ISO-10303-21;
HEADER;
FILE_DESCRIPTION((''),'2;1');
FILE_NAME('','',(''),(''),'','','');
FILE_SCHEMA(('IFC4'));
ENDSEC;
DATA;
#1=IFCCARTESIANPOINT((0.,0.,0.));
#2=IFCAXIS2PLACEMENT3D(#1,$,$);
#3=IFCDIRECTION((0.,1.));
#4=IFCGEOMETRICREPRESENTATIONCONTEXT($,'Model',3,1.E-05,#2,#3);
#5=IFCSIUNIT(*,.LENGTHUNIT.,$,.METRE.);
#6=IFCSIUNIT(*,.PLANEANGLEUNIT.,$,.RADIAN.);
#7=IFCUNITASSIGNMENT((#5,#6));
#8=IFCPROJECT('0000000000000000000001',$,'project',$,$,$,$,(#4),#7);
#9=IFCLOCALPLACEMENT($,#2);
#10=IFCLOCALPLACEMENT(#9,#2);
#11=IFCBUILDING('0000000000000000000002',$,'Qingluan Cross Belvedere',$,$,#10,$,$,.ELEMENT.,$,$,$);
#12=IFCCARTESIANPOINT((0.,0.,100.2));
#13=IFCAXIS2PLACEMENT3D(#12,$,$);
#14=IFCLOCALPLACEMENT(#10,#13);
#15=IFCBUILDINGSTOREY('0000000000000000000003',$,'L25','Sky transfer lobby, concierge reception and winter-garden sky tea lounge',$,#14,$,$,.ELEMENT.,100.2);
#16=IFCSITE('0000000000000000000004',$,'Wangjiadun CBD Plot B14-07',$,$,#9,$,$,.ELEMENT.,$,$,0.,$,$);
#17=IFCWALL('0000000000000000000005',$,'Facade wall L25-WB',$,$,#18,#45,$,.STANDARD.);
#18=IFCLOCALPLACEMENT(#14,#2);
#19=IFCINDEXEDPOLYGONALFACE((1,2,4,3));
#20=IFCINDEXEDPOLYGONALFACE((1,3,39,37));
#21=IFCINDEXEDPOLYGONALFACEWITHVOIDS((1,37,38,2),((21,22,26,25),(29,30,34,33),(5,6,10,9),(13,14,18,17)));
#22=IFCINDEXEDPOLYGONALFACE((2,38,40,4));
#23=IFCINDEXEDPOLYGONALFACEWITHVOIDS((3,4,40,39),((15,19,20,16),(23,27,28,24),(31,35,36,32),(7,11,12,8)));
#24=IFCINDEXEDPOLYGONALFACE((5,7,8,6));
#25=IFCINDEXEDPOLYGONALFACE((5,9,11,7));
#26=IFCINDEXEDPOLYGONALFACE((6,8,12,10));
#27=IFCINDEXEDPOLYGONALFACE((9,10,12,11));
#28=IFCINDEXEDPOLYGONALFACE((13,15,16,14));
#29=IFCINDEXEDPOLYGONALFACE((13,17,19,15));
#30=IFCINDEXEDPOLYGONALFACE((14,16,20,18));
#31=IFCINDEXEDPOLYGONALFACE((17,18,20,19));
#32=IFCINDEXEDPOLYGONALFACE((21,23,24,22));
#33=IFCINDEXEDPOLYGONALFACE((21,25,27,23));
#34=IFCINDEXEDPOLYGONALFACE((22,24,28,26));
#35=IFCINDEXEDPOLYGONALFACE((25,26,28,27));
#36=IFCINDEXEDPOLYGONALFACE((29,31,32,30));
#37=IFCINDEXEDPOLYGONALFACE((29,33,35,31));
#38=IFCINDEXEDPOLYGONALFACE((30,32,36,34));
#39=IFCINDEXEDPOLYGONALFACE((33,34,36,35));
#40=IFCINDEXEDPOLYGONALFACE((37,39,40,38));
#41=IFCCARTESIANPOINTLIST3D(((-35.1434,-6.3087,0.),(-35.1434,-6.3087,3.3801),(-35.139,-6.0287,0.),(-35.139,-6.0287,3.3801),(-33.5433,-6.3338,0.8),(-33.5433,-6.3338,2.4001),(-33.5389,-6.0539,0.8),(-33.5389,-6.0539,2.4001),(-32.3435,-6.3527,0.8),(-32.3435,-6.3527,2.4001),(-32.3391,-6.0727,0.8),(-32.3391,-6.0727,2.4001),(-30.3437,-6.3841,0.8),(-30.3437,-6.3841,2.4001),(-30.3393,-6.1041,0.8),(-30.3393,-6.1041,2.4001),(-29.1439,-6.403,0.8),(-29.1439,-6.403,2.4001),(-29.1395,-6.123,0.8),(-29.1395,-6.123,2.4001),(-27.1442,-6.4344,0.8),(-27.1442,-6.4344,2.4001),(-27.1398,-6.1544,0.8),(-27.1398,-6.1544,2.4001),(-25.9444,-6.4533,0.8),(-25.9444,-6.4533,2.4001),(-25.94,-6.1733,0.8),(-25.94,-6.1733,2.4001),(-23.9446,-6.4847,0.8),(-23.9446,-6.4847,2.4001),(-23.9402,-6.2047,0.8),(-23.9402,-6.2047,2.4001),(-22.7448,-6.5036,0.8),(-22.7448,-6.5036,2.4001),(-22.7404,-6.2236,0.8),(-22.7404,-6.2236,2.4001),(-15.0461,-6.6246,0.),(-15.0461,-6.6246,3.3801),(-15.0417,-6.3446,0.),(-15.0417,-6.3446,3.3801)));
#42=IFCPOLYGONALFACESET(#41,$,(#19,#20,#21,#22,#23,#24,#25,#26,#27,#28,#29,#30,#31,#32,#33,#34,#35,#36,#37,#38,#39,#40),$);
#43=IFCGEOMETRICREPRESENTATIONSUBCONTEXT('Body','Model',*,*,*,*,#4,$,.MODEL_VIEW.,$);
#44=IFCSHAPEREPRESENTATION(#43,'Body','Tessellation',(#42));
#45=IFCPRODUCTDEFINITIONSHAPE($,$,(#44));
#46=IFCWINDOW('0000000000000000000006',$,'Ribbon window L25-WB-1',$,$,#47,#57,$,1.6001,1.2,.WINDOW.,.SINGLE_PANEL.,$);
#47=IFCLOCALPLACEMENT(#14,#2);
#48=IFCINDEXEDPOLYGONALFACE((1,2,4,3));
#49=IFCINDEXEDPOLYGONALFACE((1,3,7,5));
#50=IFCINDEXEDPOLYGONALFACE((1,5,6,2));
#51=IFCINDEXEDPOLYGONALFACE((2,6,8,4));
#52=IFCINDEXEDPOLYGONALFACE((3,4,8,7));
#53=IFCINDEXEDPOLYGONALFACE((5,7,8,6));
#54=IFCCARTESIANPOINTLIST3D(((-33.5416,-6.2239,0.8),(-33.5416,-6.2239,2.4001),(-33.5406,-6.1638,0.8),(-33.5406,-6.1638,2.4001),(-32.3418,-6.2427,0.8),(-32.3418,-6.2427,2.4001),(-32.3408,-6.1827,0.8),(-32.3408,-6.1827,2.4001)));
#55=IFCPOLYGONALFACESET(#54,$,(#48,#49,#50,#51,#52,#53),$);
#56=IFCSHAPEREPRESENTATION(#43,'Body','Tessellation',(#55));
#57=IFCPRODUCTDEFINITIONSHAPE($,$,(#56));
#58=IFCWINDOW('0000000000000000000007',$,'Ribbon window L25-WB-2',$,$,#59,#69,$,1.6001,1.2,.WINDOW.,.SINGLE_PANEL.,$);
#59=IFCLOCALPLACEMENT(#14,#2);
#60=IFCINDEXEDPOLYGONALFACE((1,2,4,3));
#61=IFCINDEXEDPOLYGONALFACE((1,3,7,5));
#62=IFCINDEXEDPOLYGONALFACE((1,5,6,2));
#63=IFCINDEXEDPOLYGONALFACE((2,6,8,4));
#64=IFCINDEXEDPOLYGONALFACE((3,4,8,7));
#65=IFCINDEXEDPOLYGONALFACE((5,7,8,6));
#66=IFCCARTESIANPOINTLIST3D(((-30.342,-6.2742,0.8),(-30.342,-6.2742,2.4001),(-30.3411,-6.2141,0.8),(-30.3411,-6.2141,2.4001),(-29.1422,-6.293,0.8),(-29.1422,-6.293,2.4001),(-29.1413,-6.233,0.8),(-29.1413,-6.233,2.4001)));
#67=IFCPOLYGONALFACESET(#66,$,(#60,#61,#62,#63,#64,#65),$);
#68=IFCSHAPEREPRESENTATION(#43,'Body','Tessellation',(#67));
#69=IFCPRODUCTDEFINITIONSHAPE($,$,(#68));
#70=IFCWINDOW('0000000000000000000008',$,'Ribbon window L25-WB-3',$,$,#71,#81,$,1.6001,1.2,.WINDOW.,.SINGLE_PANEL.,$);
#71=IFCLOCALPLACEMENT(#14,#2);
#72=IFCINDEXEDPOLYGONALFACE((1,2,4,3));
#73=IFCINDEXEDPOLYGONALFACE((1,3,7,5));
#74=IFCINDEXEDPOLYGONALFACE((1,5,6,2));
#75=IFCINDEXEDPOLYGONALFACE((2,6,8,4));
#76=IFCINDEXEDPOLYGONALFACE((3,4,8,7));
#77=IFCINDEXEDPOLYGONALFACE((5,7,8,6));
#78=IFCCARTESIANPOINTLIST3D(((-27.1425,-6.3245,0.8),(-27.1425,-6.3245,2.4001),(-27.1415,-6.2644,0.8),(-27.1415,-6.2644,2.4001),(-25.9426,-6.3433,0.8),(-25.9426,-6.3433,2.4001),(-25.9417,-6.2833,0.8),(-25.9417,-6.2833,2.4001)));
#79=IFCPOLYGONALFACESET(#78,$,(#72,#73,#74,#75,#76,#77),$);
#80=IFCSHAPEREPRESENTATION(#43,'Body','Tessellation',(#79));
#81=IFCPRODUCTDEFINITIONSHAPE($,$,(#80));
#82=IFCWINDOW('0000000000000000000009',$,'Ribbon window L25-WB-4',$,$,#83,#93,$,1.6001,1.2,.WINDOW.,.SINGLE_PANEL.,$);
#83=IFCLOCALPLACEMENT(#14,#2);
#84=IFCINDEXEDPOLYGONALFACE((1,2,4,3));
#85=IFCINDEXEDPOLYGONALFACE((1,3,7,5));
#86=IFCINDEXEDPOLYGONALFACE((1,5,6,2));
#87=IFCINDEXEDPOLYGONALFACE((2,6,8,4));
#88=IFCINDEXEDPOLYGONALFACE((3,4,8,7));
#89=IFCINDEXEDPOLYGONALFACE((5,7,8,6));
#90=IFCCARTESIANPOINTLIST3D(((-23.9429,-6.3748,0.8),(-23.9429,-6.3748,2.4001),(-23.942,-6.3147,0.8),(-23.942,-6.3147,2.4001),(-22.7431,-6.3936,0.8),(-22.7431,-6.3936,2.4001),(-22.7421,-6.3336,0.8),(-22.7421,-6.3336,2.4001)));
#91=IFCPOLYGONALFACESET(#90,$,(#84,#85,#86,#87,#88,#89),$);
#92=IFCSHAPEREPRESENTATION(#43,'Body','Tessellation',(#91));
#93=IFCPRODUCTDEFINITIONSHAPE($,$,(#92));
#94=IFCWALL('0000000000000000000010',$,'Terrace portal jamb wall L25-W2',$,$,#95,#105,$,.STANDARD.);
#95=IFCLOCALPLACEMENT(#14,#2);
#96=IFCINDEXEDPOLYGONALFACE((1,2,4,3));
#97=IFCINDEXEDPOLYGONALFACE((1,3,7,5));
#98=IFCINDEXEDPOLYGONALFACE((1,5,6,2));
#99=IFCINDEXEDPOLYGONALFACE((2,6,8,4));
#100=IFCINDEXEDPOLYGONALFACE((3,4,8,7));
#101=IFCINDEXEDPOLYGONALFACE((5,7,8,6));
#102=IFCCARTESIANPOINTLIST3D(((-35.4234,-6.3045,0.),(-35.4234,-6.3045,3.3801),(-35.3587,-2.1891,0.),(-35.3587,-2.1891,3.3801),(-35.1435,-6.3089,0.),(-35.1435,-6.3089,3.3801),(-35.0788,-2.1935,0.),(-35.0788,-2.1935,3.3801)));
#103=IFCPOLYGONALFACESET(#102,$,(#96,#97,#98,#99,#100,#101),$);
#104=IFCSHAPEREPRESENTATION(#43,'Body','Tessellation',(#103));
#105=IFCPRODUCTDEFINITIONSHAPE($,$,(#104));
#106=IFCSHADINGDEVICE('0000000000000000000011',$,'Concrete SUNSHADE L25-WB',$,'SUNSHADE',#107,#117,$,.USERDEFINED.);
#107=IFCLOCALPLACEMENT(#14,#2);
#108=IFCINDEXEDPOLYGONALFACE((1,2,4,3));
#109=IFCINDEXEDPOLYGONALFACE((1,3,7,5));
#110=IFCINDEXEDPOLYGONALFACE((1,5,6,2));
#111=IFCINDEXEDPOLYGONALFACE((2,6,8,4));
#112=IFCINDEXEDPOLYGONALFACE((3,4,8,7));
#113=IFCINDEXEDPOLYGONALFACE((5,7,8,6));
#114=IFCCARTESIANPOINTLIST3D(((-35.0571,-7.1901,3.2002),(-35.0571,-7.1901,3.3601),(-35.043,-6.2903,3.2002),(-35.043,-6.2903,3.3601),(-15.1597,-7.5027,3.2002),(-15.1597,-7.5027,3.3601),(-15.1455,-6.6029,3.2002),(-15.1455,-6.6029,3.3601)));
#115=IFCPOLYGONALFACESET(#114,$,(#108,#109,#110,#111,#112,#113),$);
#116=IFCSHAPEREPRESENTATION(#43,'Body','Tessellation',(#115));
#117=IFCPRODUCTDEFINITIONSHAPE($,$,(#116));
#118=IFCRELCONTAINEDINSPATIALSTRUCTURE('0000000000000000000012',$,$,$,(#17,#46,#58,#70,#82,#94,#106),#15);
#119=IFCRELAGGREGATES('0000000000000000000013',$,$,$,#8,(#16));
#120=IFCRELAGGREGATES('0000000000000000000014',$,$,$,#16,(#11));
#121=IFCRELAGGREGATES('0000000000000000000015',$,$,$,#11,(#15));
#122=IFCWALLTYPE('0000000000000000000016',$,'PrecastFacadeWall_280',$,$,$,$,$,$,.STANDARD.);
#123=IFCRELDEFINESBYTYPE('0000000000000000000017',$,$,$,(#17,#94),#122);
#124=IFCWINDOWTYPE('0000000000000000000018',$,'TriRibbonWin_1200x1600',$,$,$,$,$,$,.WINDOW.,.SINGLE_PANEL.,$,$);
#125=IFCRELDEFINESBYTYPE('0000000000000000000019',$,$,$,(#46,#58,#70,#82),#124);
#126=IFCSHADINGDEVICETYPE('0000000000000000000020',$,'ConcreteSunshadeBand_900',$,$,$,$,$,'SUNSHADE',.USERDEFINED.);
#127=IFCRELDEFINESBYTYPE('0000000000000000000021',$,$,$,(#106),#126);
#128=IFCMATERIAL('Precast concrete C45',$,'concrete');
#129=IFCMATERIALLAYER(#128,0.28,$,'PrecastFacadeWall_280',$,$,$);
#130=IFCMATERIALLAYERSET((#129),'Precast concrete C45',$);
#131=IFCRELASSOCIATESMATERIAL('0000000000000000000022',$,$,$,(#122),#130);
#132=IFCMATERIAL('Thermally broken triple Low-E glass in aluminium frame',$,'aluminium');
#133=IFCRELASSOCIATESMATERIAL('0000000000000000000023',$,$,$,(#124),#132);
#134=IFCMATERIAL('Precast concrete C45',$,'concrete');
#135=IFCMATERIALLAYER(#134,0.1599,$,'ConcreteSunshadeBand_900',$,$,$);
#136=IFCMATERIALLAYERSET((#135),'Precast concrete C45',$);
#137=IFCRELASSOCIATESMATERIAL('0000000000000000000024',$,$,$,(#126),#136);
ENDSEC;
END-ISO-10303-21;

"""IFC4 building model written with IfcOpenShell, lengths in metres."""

from ifc_helpers import new_model, si_unit, direction, frame, frame_2d, origin, origin_2d, place, context, subcontext, project, spatial, rectangle, extrude, material, layer, layer_set, type_object, element, fill, save


model = new_model("IFC4")

# Units and contexts
model_context = context("Model", 3, precision=1e-05, world=origin(), true_north=direction((0.0, 1.0)))
body_context = subcontext(model_context, "Body", "Model", "MODEL_VIEW")
ifc_project = project(units=[si_unit("LENGTHUNIT", "METRE"), si_unit("PLANEANGLEUNIT", "RADIAN")], contexts=[model_context])

# Site, building, storey
site_placement = place(None, origin())
site = spatial("IfcSite", under=ifc_project, at=site_placement, Name="Wangjiadun CBD Plot B14-07", CompositionType="ELEMENT", RefElevation=0.0)
building_placement = place(site_placement, origin())
building = spatial("IfcBuilding", under=site, at=building_placement, Name="Qingluan Cross Belvedere", CompositionType="ELEMENT")
storey_placement = place(building_placement, frame((0.0, 0.0, 100.2)))
storey = spatial("IfcBuildingStorey", under=building, at=storey_placement, Name="L25", Description="Sky transfer lobby, concierge reception and winter-garden sky tea lounge", CompositionType="ELEMENT", Elevation=100.2)

# Wall, openings, windows
ifc_material_1 = material(Name="Precast concrete C45", Category="concrete")
ifc_layer_1 = layer(ifc_material_1, 0.28, Name="PrecastFacadeWall_280")
ifc_layer_set_1 = layer_set([ifc_layer_1], Name="Precast concrete C45")
wall_type_1 = type_object("IfcWallType", Name="PrecastFacadeWall_280", PredefinedType="STANDARD", material=ifc_layer_set_1)
wall_1_placement = place(storey_placement, frame((-35.1411, -6.1687, 0.0), z_axis=(0.0, 0.0, 1.0), x_axis=(0.999876, -0.015717, 0.0)))
wall_1 = element("IfcWall", 1, at=wall_1_placement, inside=storey, type_object=wall_type_1, Name="Facade wall L25-WB", PredefinedType="STANDARD", context=body_context, shape_type="SweptSolid", body=[
    extrude(rectangle(XDim=20.0999, YDim=0.28, at=frame_2d((10.0498, 0.0))), origin(), (0.0, 0.0, 1.0), 3.3801),
])
opening_1_placement = place(wall_1_placement, frame((1.6001, 0.0, 0.8)))
opening_1 = element("IfcOpeningElement", 2, at=opening_1_placement, cuts=wall_1, PredefinedType="OPENING", context=body_context, shape_type="SweptSolid", body=[
    extrude(rectangle(XDim=1.2, YDim=1.6001, at=frame_2d((0.6001, 0.8))), frame((0.0, 0.1499, 0.0), z_axis=(0.0, -1.0, 0.0), x_axis=(1.0, 0.0, 0.0)), (0.0, 0.0, 1.0), 0.3),
])
opening_2_placement = place(wall_1_placement, frame((4.8, 0.0, 0.8)))
opening_2 = element("IfcOpeningElement", 3, at=opening_2_placement, cuts=wall_1, PredefinedType="OPENING", context=body_context, shape_type="SweptSolid", body=[
    extrude(rectangle(XDim=1.2, YDim=1.6001, at=frame_2d((0.6001, 0.8))), frame((0.0, 0.1499, 0.0), z_axis=(0.0, -1.0, 0.0), x_axis=(1.0, 0.0, 0.0)), (0.0, 0.0, 1.0), 0.3),
])
opening_3_placement = place(wall_1_placement, frame((8.0, 0.0, 0.8)))
opening_3 = element("IfcOpeningElement", 4, at=opening_3_placement, cuts=wall_1, PredefinedType="OPENING", context=body_context, shape_type="SweptSolid", body=[
    extrude(rectangle(XDim=1.2, YDim=1.6001, at=frame_2d((0.6001, 0.8))), frame((0.0, 0.1499, 0.0), z_axis=(0.0, -1.0, 0.0), x_axis=(1.0, 0.0, 0.0)), (0.0, 0.0, 1.0), 0.3),
])
opening_4_placement = place(wall_1_placement, frame((11.2, 0.0, 0.8)))
opening_4 = element("IfcOpeningElement", 5, at=opening_4_placement, cuts=wall_1, PredefinedType="OPENING", context=body_context, shape_type="SweptSolid", body=[
    extrude(rectangle(XDim=1.2, YDim=1.6001, at=frame_2d((0.6001, 0.8))), frame((0.0, 0.1499, 0.0), z_axis=(0.0, -1.0, 0.0), x_axis=(1.0, 0.0, 0.0)), (0.0, 0.0, 1.0), 0.3),
])
ifc_material_2 = material(Name="Thermally broken triple Low-E glass in aluminium frame", Category="aluminium")
window_type = type_object("IfcWindowType", Name="TriRibbonWin_1200x1600", PartitioningType="SINGLE_PANEL", PredefinedType="WINDOW", material=ifc_material_2)
window_1_placement = place(opening_1_placement, origin())
window_1 = element("IfcWindow", 6, at=window_1_placement, inside=storey, type_object=window_type, Name="Ribbon window L25-WB-1", OverallHeight=1.6001, OverallWidth=1.2, PartitioningType="SINGLE_PANEL", PredefinedType="WINDOW", context=body_context, shape_type="SweptSolid", body=[
    extrude(rectangle(XDim=1.2, YDim=1.6001, at=frame_2d((0.6001, 0.8))), frame((0.0, 0.03, 0.0), z_axis=(0.0, -1.0, 0.0), x_axis=(1.0, 0.0, 0.0)), (0.0, 0.0, 1.0), 0.0601),
])
fill(opening_1, window_1)
window_2_placement = place(opening_2_placement, origin())
window_2 = element("IfcWindow", 7, at=window_2_placement, inside=storey, type_object=window_type, Name="Ribbon window L25-WB-2", OverallHeight=1.6001, OverallWidth=1.2, PartitioningType="SINGLE_PANEL", PredefinedType="WINDOW", context=body_context, shape_type="SweptSolid", body=[
    extrude(rectangle(XDim=1.2, YDim=1.6001, at=frame_2d((0.6001, 0.8))), frame((0.0, 0.03, 0.0), z_axis=(0.0, -1.0, 0.0), x_axis=(1.0, 0.0, 0.0)), (0.0, 0.0, 1.0), 0.0601),
])
fill(opening_2, window_2)
window_3_placement = place(opening_3_placement, origin())
window_3 = element("IfcWindow", 8, at=window_3_placement, inside=storey, type_object=window_type, Name="Ribbon window L25-WB-3", OverallHeight=1.6001, OverallWidth=1.2, PartitioningType="SINGLE_PANEL", PredefinedType="WINDOW", context=body_context, shape_type="SweptSolid", body=[
    extrude(rectangle(XDim=1.2, YDim=1.6001, at=frame_2d((0.6001, 0.8))), frame((0.0, 0.03, 0.0), z_axis=(0.0, -1.0, 0.0), x_axis=(1.0, 0.0, 0.0)), (0.0, 0.0, 1.0), 0.0601),
])
fill(opening_3, window_3)
window_4_placement = place(opening_4_placement, origin())
window_4 = element("IfcWindow", 9, at=window_4_placement, inside=storey, type_object=window_type, Name="Ribbon window L25-WB-4", OverallHeight=1.6001, OverallWidth=1.2, PartitioningType="SINGLE_PANEL", PredefinedType="WINDOW", context=body_context, shape_type="SweptSolid", body=[
    extrude(rectangle(XDim=1.2, YDim=1.6001, at=frame_2d((0.6001, 0.8))), frame((0.0, 0.03, 0.0), z_axis=(0.0, -1.0, 0.0), x_axis=(1.0, 0.0, 0.0)), (0.0, 0.0, 1.0), 0.0601),
])
fill(opening_4, window_4)

# Wall
wall_2_placement = place(storey_placement, frame((-35.2188, -2.1912, 0.0), z_axis=(0.0, 0.0, 1.0), x_axis=(-0.015719, -0.999876, 0.0)))
element("IfcWall", 10, at=wall_2_placement, inside=storey, type_object=wall_type_1, Name="Terrace portal jamb wall L25-W2", PredefinedType="STANDARD", context=body_context, shape_type="SweptSolid", body=[
    extrude(rectangle(XDim=4.116, YDim=0.28, at=frame_2d((2.0581, 0.0))), origin(), (0.0, 0.0, 1.0), 3.3801),
])

# Shading device
ifc_material_3 = material(Name="Precast concrete C45", Category="concrete")
ifc_layer_2 = layer(ifc_material_3, 0.1599, Name="ConcreteSunshadeBand_900")
ifc_layer_set_2 = layer_set([ifc_layer_2], Name="Precast concrete C45")
shading_device_type = type_object("IfcShadingDeviceType", Name="ConcreteSunshadeBand_900", ElementType="SUNSHADE", PredefinedType="USERDEFINED", material=ifc_layer_set_2)
shading_device_placement = place(storey_placement, frame((-25.1013, -6.8965, 3.2002), z_axis=(0.0, 0.0, 1.0), x_axis=(0.999877, -0.015706, 0.0)))
element("IfcShadingDevice", 11, at=shading_device_placement, inside=storey, type_object=shading_device_type, Name="Concrete SUNSHADE L25-WB", ObjectType="SUNSHADE", PredefinedType="USERDEFINED", context=body_context, shape_type="SweptSolid", body=[
    extrude(rectangle(XDim=19.8999, YDim=0.8999, at=origin_2d()), origin(), (0.0, 0.0, 1.0), 0.1599),
])

save(model, "model.ifc")
